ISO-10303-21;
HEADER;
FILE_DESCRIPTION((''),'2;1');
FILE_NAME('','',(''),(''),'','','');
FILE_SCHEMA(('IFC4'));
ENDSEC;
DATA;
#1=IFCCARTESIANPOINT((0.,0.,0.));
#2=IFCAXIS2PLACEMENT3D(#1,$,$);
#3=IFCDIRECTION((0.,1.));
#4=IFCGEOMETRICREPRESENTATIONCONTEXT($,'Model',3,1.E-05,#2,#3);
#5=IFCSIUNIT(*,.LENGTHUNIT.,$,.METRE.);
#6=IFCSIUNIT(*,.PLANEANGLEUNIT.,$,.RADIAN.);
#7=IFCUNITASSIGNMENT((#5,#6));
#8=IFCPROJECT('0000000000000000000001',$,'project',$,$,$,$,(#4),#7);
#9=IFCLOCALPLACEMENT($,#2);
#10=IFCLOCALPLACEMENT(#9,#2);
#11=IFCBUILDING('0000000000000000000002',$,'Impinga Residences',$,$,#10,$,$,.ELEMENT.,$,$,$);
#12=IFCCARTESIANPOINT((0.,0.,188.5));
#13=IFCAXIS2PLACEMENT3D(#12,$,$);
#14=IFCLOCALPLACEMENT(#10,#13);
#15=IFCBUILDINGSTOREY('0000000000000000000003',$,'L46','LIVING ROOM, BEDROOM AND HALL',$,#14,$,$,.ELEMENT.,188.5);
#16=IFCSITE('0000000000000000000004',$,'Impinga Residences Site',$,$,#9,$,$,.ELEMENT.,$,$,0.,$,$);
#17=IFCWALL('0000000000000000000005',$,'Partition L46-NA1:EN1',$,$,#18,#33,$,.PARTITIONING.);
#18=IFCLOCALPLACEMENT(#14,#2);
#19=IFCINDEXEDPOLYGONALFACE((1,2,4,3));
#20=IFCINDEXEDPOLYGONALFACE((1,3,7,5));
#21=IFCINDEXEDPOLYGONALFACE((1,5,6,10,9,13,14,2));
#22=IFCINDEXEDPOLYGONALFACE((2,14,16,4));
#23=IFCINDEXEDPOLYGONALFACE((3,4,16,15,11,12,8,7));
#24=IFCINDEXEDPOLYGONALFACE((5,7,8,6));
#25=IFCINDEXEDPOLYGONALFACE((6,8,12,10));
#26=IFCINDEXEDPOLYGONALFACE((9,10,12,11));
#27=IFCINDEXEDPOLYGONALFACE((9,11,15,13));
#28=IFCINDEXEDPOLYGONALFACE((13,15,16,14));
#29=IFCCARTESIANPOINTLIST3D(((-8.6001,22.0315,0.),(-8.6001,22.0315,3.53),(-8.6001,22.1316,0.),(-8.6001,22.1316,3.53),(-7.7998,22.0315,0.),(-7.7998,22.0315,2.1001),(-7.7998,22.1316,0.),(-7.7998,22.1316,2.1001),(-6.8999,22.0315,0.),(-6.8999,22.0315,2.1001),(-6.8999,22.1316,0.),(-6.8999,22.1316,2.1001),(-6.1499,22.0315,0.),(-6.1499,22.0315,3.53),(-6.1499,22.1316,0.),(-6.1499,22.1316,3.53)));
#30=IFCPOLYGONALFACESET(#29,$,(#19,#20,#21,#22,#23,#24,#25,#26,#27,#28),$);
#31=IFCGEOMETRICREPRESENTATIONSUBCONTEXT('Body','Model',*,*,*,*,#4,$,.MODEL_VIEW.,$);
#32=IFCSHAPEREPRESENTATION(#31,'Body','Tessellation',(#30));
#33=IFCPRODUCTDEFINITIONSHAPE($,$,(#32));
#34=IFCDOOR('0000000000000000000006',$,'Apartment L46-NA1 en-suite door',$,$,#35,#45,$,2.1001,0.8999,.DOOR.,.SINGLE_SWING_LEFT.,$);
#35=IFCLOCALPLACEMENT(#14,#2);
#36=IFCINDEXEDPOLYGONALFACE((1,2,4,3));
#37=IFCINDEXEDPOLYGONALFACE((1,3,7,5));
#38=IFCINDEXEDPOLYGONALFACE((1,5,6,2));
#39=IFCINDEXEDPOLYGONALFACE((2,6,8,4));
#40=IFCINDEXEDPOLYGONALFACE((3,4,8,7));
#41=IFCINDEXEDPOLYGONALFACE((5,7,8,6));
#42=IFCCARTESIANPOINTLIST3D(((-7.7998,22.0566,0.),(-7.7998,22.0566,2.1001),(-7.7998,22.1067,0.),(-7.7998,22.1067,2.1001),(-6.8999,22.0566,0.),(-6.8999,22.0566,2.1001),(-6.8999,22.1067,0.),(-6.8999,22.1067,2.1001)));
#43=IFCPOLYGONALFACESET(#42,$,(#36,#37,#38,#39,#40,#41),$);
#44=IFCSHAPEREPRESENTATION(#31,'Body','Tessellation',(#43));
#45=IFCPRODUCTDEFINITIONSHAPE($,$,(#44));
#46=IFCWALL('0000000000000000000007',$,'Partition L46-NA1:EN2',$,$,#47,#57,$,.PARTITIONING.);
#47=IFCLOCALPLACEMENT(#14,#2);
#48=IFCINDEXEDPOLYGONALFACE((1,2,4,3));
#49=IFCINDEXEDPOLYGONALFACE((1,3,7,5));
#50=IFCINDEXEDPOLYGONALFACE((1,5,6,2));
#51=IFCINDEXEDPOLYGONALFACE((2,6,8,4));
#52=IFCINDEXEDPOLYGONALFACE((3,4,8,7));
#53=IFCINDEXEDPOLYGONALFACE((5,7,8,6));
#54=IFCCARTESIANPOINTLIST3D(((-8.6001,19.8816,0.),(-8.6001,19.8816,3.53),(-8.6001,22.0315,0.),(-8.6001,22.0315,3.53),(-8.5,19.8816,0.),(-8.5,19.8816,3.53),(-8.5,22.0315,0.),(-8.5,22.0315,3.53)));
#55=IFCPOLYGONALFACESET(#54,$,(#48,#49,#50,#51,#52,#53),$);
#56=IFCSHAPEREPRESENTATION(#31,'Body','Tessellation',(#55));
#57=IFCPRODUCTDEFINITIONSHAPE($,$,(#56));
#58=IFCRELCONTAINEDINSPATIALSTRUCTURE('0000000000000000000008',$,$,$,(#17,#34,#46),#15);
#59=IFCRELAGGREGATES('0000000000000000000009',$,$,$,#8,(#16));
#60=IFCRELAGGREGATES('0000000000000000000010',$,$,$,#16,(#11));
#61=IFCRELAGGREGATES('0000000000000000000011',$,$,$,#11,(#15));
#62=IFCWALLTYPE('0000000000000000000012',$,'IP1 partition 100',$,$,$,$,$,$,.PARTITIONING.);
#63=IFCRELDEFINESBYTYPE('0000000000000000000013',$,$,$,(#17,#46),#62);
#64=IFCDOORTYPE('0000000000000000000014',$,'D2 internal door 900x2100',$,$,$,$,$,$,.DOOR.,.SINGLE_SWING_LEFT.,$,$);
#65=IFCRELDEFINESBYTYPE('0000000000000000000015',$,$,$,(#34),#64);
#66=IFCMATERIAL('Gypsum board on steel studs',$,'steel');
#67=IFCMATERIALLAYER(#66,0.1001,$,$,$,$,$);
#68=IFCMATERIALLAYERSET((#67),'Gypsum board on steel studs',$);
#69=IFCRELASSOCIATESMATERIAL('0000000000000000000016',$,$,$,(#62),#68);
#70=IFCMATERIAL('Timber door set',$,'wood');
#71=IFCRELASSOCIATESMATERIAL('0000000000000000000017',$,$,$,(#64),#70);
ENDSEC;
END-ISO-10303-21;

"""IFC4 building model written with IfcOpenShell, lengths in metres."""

from ifc_helpers import new_model, si_unit, direction, frame, frame_2d, origin, place, context, subcontext, project, spatial, rectangle, extrude, material, layer, layer_set, type_object, element, fill, save


model = new_model("IFC4")

# Units and contexts
model_context = context("Model", 3, precision=1e-05, world=origin(), true_north=direction((0.0, 1.0)))
body_context = subcontext(model_context, "Body", "Model", "MODEL_VIEW")
ifc_project = project(units=[si_unit("LENGTHUNIT", "METRE"), si_unit("PLANEANGLEUNIT", "RADIAN")], contexts=[model_context])

# Site, building, storey
site_placement = place(None, origin())
site = spatial("IfcSite", under=ifc_project, at=site_placement, Name="Impinga Residences Site", CompositionType="ELEMENT", RefElevation=0.0)
building_placement = place(site_placement, origin())
building = spatial("IfcBuilding", under=site, at=building_placement, Name="Impinga Residences", CompositionType="ELEMENT")
storey_placement = place(building_placement, frame((0.0, 0.0, 188.5)))
storey = spatial("IfcBuildingStorey", under=building, at=storey_placement, Name="L46", Description="LIVING ROOM, BEDROOM AND HALL", CompositionType="ELEMENT", Elevation=188.5)

# Shared definitions
ifc_material_1 = material(Name="Timber door set", Category="wood")

# Shared definitions
ifc_material_2 = material(Name="Gypsum board on steel studs", Category="steel")
ifc_layer_1 = layer(ifc_material_2, 0.1001)
ifc_layer_set_1 = layer_set([ifc_layer_1], Name="Gypsum board on steel studs")
wall_type_1 = type_object("IfcWallType", Name="IP1 partition 100", PredefinedType="PARTITIONING", material=ifc_layer_set_1)

# Wall, opening, door
wall_1_placement = place(storey_placement, frame((-6.1499, 22.0815, 0.0), z_axis=(0.0, 0.0, 1.0), x_axis=(-1.0, 0.0, 0.0)))
wall_1 = element("IfcWall", 1, at=wall_1_placement, inside=storey, type_object=wall_type_1, Name="Partition L46-NA1:EN1", PredefinedType="PARTITIONING", context=body_context, shape_type="SweptSolid", body=[
    extrude(rectangle(XDim=2.4502, YDim=0.1001, at=frame_2d((1.2251, 0.0))), origin(), (0.0, 0.0, 1.0), 3.53),
])
opening_1_placement = place(wall_1_placement, frame((0.75, 0.0, 0.0)))
opening_1 = element("IfcOpeningElement", 2, at=opening_1_placement, cuts=wall_1, PredefinedType="OPENING", context=body_context, shape_type="SweptSolid", body=[
    extrude(rectangle(XDim=0.8999, YDim=2.1001, at=frame_2d((0.45, 1.05))), frame((0.0, 0.0601, 0.0), z_axis=(0.0, -1.0, 0.0), x_axis=(1.0, 0.0, 0.0)), (0.0, 0.0, 1.0), 0.1201),
])
door_type_1 = type_object("IfcDoorType", Name="D2 internal door 900x2100", OperationType="SINGLE_SWING_LEFT", PredefinedType="DOOR", material=ifc_material_1)
door_1_placement = place(opening_1_placement, origin())
door_1 = element("IfcDoor", 3, at=door_1_placement, inside=storey, type_object=door_type_1, Name="Apartment L46-NA1 en-suite door", OperationType="SINGLE_SWING_LEFT", OverallHeight=2.1001, OverallWidth=0.8999, PredefinedType="DOOR", context=body_context, shape_type="SweptSolid", body=[
    extrude(rectangle(XDim=0.8999, YDim=2.1001, at=frame_2d((0.45, 1.05))), frame((0.0, 0.0249, 0.0), z_axis=(0.0, -1.0, 0.0), x_axis=(1.0, 0.0, 0.0)), (0.0, 0.0, 1.0), 0.05),
])
fill(opening_1, door_1)

# Wall
wall_2_placement = place(storey_placement, frame((-8.55, 19.8816, 0.0), z_axis=(0.0, 0.0, 1.0), x_axis=(0.0, 1.0, 0.0)))
element("IfcWall", 4, at=wall_2_placement, inside=storey, type_object=wall_type_1, Name="Partition L46-NA1:EN2", PredefinedType="PARTITIONING", context=body_context, shape_type="SweptSolid", body=[
    extrude(rectangle(XDim=2.1499, YDim=0.1001, at=frame_2d((1.075, 0.0))), origin(), (0.0, 0.0, 1.0), 3.53),
])

save(model, "model.ifc")
